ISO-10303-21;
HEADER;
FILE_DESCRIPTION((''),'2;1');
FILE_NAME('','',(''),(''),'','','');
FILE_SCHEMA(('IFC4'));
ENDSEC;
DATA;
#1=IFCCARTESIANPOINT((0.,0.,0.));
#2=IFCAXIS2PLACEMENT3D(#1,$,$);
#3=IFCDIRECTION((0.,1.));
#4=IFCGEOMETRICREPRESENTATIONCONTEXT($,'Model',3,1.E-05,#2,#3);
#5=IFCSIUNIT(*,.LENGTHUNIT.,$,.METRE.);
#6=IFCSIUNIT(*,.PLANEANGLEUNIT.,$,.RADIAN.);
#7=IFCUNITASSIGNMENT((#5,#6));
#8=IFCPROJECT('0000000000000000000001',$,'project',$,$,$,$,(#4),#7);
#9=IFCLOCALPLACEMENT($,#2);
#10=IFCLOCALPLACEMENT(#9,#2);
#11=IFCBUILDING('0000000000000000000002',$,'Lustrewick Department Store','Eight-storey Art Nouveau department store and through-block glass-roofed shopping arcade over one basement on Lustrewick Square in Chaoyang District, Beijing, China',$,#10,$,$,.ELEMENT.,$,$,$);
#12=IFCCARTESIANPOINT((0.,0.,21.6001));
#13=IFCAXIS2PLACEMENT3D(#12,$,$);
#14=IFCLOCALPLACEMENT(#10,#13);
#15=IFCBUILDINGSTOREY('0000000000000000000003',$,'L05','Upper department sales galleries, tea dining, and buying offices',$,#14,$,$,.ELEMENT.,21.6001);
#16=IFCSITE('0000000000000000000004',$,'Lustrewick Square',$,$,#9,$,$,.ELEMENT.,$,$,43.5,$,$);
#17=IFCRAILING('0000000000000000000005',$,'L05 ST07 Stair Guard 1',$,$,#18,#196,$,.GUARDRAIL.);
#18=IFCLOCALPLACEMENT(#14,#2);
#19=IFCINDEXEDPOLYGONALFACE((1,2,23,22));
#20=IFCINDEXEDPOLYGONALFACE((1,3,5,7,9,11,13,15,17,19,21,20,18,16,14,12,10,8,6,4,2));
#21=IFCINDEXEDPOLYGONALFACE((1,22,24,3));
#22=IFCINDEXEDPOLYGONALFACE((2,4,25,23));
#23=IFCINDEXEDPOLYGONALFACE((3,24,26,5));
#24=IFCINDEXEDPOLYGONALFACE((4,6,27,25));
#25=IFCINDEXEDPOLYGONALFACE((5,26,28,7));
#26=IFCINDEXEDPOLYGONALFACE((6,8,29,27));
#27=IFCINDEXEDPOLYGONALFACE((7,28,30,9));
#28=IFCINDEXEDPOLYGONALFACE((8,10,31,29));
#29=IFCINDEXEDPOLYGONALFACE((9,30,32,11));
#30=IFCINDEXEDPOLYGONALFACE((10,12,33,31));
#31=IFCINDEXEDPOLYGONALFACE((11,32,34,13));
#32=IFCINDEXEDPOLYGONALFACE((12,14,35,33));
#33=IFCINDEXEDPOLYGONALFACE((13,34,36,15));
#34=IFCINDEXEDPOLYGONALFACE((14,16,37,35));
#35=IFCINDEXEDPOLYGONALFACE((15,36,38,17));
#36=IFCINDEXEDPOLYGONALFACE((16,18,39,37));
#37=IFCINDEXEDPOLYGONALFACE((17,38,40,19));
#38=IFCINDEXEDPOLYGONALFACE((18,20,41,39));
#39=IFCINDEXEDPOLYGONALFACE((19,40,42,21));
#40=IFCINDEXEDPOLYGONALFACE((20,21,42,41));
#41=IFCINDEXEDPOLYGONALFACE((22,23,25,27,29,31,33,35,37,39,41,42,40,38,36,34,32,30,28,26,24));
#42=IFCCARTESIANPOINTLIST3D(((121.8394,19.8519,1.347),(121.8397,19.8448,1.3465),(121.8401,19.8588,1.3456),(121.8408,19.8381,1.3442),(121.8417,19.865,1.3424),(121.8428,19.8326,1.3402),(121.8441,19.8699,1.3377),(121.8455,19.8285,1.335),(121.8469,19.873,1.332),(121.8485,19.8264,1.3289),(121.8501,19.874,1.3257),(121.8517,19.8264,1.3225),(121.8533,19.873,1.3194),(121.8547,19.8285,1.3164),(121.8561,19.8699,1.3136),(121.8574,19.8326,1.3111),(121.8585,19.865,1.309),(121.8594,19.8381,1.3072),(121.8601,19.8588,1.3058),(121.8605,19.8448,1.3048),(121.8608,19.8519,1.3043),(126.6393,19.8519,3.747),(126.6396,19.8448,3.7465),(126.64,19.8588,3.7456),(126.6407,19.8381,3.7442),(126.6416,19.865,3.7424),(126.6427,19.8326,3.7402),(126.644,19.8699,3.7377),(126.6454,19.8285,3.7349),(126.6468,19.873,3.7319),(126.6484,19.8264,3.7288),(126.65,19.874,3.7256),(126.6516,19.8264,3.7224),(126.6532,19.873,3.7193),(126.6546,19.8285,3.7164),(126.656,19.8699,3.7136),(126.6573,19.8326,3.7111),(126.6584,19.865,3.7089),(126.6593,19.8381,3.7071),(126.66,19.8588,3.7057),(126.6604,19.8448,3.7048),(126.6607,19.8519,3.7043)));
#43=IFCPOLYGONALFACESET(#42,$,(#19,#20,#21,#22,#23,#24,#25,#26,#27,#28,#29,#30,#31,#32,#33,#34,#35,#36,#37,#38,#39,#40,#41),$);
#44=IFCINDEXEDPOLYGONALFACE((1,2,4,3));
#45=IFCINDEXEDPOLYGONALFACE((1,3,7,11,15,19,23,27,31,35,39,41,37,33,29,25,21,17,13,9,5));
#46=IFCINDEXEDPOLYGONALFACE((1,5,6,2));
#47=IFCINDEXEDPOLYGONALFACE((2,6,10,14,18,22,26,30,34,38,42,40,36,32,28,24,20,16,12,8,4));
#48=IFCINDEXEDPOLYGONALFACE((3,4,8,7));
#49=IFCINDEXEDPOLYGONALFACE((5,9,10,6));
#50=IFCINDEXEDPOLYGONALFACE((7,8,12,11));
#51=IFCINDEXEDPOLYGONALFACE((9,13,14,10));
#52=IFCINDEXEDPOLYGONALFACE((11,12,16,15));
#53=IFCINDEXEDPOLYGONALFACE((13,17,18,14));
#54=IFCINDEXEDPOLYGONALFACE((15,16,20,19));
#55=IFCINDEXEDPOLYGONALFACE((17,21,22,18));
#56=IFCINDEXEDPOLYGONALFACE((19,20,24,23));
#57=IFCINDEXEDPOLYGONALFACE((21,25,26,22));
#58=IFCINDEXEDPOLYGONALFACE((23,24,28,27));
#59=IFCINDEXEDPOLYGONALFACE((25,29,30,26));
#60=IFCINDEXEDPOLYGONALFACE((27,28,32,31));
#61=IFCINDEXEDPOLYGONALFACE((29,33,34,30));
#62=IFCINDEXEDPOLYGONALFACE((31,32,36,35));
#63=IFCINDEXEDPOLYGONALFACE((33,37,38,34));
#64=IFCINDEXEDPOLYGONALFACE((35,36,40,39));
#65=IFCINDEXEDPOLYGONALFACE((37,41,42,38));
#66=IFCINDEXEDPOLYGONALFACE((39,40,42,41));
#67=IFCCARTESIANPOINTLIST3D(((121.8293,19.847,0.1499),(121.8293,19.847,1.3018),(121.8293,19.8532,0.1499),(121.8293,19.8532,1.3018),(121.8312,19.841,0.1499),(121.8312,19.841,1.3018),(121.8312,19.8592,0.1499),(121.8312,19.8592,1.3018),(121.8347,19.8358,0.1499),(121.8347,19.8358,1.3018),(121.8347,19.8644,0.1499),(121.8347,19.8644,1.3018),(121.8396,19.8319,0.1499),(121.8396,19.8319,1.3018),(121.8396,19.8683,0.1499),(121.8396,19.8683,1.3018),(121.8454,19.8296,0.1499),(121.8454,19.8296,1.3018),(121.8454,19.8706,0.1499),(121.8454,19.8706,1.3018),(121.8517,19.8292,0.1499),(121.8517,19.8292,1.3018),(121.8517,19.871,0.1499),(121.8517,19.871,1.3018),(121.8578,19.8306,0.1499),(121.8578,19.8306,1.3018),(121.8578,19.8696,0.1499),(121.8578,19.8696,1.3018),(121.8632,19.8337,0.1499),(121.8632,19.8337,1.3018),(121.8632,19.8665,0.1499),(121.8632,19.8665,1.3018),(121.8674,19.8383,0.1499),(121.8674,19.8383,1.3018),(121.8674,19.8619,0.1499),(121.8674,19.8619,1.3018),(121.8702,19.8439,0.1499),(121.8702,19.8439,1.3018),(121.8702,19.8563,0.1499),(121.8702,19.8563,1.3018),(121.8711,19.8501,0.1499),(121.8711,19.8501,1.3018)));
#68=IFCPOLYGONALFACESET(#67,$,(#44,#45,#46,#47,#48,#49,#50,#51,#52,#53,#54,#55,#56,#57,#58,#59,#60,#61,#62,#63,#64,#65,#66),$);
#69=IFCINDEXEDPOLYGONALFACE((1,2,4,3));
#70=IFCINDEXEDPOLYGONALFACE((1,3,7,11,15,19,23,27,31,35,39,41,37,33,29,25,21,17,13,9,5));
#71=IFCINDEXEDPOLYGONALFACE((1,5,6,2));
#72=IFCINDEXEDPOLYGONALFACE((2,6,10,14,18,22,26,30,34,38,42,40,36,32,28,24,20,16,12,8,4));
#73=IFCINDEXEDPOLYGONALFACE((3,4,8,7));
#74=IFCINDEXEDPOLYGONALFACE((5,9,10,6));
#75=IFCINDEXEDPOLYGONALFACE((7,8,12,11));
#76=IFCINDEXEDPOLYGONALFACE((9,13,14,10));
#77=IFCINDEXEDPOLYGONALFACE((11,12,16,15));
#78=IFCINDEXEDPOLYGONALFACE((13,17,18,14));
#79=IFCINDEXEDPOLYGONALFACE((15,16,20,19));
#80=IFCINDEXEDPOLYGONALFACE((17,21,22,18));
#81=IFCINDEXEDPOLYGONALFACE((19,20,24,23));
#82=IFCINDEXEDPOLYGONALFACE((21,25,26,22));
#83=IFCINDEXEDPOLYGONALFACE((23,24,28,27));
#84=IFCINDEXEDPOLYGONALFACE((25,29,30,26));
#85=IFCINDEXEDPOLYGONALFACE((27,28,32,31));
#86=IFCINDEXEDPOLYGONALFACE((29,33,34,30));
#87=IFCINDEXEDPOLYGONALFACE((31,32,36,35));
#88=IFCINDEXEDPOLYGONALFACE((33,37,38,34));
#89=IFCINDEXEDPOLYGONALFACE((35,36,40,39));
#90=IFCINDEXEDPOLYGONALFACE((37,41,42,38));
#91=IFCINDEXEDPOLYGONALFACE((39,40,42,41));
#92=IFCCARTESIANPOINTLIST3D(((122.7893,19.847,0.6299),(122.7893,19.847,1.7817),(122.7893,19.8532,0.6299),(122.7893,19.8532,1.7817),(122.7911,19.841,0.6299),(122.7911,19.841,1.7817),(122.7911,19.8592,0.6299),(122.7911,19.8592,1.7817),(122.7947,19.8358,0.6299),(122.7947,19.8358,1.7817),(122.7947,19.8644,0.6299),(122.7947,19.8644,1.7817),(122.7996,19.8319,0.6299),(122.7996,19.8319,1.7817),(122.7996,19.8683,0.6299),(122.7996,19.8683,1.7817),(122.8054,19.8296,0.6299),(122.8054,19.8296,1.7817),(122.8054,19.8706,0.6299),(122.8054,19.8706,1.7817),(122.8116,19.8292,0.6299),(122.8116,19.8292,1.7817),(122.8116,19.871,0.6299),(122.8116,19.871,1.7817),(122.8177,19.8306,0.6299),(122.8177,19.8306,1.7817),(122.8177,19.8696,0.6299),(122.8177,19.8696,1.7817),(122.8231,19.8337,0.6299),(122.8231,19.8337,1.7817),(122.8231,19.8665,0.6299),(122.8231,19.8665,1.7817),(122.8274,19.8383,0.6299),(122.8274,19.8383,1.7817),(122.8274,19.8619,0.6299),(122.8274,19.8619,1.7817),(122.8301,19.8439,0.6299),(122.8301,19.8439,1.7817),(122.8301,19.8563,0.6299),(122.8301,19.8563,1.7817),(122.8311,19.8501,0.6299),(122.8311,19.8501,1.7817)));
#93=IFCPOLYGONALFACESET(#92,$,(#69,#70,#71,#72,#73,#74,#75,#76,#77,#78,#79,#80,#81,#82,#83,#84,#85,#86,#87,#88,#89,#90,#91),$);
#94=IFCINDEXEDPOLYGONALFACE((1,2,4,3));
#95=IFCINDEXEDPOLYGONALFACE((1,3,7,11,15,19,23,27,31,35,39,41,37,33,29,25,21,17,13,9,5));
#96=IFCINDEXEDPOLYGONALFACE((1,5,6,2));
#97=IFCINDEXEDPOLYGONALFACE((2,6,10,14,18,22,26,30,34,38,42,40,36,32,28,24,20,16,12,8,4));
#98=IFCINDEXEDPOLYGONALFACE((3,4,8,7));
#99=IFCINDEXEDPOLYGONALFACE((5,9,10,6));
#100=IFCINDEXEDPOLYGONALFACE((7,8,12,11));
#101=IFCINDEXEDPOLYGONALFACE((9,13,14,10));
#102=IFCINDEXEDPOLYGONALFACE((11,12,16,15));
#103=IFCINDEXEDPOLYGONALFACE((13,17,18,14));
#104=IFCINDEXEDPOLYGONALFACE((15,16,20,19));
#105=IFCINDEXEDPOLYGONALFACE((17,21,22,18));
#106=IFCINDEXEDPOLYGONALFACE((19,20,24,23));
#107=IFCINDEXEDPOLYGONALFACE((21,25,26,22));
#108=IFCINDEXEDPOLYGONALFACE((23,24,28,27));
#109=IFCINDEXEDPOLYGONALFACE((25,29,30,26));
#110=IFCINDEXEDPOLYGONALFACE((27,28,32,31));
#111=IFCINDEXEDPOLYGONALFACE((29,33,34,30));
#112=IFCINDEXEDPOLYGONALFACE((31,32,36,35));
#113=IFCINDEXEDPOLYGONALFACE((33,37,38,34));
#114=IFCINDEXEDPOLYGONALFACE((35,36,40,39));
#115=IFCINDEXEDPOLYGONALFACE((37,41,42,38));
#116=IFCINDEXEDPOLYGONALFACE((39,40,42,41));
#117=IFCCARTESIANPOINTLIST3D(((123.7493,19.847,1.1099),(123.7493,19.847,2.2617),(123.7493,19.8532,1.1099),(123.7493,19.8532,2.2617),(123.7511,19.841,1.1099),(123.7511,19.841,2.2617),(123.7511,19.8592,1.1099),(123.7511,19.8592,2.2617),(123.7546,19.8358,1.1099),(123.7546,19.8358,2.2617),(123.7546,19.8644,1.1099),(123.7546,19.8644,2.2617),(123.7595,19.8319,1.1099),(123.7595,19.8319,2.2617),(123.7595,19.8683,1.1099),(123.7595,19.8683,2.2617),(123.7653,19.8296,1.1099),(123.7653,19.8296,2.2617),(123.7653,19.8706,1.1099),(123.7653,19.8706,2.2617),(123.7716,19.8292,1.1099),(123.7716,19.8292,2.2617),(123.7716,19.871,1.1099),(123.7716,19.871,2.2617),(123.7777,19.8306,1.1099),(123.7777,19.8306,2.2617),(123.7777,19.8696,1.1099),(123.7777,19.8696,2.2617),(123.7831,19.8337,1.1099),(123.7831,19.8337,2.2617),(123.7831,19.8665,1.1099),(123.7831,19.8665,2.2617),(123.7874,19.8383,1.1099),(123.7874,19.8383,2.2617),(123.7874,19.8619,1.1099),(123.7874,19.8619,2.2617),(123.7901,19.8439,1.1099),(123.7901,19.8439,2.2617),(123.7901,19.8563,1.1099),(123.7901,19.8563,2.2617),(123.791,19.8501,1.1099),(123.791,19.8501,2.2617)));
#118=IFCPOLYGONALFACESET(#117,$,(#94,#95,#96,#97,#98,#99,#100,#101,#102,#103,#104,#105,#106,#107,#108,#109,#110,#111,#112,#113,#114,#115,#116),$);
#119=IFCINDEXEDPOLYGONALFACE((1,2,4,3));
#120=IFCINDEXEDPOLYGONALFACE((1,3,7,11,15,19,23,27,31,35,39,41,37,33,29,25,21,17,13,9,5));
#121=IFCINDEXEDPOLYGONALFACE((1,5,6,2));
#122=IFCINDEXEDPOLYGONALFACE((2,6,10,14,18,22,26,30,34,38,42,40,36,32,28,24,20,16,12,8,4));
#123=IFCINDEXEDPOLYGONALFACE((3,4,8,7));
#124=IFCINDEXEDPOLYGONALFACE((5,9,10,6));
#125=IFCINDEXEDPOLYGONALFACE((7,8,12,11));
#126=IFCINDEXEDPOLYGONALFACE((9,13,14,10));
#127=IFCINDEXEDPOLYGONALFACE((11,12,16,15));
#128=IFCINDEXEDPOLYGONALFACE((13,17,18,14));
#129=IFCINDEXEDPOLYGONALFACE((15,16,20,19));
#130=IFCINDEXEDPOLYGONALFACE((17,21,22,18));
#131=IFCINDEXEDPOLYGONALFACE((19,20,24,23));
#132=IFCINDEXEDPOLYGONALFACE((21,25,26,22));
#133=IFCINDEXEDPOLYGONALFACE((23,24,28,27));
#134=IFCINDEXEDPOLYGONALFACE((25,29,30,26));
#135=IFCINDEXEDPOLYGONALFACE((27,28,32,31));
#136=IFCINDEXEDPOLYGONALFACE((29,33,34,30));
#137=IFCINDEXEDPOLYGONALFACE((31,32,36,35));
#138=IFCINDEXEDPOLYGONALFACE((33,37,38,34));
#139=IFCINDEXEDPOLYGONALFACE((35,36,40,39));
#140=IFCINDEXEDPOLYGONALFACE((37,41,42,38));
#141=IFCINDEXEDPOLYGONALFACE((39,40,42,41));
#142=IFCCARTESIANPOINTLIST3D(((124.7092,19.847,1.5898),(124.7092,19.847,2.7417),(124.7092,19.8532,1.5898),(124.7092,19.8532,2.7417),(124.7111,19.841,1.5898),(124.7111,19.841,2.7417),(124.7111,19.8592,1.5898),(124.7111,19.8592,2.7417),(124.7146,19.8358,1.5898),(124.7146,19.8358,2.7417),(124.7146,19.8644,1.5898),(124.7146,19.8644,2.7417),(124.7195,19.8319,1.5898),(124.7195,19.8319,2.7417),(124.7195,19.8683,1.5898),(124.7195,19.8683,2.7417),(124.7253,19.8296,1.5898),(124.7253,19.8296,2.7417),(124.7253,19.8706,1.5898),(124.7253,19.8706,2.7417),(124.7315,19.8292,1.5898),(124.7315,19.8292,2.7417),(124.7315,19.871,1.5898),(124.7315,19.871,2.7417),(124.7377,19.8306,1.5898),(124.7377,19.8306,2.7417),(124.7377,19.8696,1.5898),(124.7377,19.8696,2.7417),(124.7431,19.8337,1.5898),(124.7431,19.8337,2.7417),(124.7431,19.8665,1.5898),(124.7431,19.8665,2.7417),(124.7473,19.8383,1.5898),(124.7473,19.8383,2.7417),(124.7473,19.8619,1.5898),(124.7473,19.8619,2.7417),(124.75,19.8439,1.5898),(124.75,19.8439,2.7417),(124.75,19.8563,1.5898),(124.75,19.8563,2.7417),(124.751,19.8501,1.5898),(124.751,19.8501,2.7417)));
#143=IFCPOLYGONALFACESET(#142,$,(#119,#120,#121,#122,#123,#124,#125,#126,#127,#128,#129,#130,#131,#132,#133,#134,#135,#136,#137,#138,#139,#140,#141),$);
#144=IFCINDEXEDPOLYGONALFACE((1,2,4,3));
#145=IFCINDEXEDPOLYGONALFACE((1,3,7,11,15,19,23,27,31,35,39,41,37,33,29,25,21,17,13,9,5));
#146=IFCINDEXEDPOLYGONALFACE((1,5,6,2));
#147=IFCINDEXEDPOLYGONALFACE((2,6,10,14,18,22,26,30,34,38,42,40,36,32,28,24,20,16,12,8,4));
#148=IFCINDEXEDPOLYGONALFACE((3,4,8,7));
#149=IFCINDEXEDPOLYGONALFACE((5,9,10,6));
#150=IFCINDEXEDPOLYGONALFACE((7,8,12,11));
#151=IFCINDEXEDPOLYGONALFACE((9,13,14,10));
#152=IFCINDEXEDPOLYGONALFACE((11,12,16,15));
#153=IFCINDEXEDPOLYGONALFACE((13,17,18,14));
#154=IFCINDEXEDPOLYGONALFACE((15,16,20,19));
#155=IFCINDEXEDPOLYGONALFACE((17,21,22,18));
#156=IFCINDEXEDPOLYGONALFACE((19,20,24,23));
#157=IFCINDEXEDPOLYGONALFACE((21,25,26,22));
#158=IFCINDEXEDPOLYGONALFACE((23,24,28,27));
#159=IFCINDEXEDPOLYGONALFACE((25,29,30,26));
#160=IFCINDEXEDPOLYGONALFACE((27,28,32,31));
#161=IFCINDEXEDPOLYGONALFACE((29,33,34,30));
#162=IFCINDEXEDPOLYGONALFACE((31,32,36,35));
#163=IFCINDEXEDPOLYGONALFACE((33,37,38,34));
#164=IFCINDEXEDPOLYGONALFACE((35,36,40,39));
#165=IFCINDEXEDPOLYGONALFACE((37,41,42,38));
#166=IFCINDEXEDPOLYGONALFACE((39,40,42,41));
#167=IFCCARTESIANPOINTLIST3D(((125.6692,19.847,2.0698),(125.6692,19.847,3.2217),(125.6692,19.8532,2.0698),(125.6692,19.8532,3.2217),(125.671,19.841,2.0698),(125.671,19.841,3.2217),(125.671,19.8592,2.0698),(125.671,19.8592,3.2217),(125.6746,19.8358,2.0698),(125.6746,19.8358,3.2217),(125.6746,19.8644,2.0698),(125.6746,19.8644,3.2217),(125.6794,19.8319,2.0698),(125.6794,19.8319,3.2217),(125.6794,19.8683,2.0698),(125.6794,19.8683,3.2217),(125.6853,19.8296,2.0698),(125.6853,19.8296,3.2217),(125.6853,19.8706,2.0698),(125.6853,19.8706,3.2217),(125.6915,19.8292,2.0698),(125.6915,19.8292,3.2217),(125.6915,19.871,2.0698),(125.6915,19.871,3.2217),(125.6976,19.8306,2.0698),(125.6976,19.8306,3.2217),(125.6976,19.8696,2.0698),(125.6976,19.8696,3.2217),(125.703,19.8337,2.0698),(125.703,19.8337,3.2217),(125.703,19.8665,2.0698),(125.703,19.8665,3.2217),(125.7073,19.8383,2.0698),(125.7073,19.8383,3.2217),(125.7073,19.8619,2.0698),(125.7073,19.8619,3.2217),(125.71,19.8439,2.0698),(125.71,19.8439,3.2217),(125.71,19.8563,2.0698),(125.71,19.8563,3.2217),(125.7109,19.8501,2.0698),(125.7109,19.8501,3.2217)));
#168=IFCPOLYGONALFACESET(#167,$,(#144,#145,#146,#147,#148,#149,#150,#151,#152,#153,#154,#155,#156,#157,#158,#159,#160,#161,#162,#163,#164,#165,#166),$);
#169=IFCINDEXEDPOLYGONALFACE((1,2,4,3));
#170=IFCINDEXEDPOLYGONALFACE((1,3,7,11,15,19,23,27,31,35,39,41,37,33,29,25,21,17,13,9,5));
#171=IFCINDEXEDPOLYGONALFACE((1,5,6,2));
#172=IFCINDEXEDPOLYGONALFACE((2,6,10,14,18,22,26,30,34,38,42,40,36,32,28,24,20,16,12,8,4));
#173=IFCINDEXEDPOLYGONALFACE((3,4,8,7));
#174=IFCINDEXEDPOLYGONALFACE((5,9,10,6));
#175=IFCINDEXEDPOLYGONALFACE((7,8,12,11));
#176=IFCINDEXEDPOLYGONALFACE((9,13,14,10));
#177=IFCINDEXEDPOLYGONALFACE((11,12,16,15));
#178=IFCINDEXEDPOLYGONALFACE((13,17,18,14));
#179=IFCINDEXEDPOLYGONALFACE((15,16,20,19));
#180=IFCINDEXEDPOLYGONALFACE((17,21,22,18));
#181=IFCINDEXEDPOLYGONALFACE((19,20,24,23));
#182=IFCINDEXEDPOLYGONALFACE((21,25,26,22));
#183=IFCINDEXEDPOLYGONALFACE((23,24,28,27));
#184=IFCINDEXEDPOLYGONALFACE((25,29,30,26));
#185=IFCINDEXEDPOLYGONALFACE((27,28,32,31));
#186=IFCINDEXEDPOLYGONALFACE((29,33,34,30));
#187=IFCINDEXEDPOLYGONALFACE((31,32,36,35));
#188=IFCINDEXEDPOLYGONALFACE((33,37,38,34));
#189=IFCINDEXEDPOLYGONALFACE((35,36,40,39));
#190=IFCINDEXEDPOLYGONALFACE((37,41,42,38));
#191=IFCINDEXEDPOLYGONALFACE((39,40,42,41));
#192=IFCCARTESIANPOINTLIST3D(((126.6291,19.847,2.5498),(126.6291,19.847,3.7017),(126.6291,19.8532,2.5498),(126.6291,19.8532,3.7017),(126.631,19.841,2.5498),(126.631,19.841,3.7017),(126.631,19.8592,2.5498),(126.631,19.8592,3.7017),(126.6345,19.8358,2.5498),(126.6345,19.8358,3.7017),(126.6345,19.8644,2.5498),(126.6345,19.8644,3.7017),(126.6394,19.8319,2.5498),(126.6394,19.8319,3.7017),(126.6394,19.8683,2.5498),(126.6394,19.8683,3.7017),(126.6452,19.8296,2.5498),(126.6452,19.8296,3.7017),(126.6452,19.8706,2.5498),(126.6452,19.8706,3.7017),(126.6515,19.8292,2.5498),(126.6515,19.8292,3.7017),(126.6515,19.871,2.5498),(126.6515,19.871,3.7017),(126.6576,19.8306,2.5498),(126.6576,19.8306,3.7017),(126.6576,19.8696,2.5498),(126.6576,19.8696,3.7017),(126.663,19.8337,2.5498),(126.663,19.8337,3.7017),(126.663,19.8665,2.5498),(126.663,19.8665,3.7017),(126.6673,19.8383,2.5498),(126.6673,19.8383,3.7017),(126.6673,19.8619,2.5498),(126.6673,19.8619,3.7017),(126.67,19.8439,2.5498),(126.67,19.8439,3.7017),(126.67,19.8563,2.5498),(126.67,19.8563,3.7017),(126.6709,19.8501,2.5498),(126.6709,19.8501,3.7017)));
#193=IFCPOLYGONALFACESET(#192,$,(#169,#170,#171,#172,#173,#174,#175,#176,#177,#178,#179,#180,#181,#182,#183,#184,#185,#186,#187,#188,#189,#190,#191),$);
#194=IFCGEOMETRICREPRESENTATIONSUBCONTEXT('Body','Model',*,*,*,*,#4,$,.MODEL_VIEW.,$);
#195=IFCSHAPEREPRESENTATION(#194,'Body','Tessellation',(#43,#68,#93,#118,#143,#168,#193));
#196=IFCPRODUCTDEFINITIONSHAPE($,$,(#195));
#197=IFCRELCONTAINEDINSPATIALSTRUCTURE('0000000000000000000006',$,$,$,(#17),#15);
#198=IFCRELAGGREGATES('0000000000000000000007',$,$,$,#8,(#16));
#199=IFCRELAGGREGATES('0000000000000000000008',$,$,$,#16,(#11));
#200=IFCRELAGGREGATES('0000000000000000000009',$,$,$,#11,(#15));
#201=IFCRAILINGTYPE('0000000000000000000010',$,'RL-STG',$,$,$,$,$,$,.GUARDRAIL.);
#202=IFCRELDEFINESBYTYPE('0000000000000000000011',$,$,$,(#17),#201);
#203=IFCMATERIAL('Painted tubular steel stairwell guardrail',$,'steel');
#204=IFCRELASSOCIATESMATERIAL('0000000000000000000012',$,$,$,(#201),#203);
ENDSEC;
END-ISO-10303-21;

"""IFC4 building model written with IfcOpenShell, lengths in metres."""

from ifc_helpers import new_model, si_unit, direction, frame, origin, origin_2d, place, context, subcontext, project, spatial, circle, extrude, material, type_object, element, save


model = new_model("IFC4")

# Units and contexts
model_context = context("Model", 3, precision=1e-05, world=origin(), true_north=direction((0.0, 1.0)))
body_context = subcontext(model_context, "Body", "Model", "MODEL_VIEW")
ifc_project = project(units=[si_unit("LENGTHUNIT", "METRE"), si_unit("PLANEANGLEUNIT", "RADIAN")], contexts=[model_context])

# Site, building, storey
site_placement = place(None, origin())
site = spatial("IfcSite", under=ifc_project, at=site_placement, Name="Lustrewick Square", CompositionType="ELEMENT", RefElevation=43.5)
building_placement = place(site_placement, origin())
building = spatial("IfcBuilding", under=site, at=building_placement, Name="Lustrewick Department Store", Description="Eight-storey Art Nouveau department store and through-block glass-roofed shopping arcade over one basement on Lustrewick Square in Chaoyang District, Beijing, China", CompositionType="ELEMENT")
storey_placement = place(building_placement, frame((0.0, 0.0, 21.6001)))
storey = spatial("IfcBuildingStorey", under=building, at=storey_placement, Name="L05", Description="Upper department sales galleries, tea dining, and buying offices", CompositionType="ELEMENT", Elevation=21.6001)

# Railing
ifc_material_1 = material(Name="Painted tubular steel stairwell guardrail", Category="steel")
railing_type_1 = type_object("IfcRailingType", Name="RL-STG", PredefinedType="GUARDRAIL", material=ifc_material_1)
railing_1_placement = place(storey_placement, frame((121.8501, 19.8501, 0.1499)))
element("IfcRailing", 1, at=railing_1_placement, inside=storey, type_object=railing_type_1, Name="L05 ST07 Stair Guard 1", PredefinedType="GUARDRAIL", context=body_context, shape_type="SweptSolid", body=[
    extrude(circle(Radius=0.0239, at=origin_2d()), frame((0.0, 0.0, 1.1758), z_axis=(0.894427, 0.0, 0.447214), x_axis=(0.0, 1.0, 0.0)), (0.0, 0.0, 1.0), 5.3665),
    extrude(circle(Radius=0.021, at=origin_2d()), origin(), (0.0, 0.0, 1.0), 1.1519),
    extrude(circle(Radius=0.021, at=origin_2d()), frame((0.96, 0.0, 0.48)), (0.0, 0.0, 1.0), 1.1519),
    extrude(circle(Radius=0.021, at=origin_2d()), frame((1.9199, 0.0, 0.96)), (0.0, 0.0, 1.0), 1.1519),
    extrude(circle(Radius=0.021, at=origin_2d()), frame((2.8799, 0.0, 1.4399)), (0.0, 0.0, 1.0), 1.1519),
    extrude(circle(Radius=0.021, at=origin_2d()), frame((3.8398, 0.0, 1.9199)), (0.0, 0.0, 1.0), 1.1519),
    extrude(circle(Radius=0.021, at=origin_2d()), frame((4.7998, 0.0, 2.3999)), (0.0, 0.0, 1.0), 1.1519),
])

save(model, "model.ifc")
